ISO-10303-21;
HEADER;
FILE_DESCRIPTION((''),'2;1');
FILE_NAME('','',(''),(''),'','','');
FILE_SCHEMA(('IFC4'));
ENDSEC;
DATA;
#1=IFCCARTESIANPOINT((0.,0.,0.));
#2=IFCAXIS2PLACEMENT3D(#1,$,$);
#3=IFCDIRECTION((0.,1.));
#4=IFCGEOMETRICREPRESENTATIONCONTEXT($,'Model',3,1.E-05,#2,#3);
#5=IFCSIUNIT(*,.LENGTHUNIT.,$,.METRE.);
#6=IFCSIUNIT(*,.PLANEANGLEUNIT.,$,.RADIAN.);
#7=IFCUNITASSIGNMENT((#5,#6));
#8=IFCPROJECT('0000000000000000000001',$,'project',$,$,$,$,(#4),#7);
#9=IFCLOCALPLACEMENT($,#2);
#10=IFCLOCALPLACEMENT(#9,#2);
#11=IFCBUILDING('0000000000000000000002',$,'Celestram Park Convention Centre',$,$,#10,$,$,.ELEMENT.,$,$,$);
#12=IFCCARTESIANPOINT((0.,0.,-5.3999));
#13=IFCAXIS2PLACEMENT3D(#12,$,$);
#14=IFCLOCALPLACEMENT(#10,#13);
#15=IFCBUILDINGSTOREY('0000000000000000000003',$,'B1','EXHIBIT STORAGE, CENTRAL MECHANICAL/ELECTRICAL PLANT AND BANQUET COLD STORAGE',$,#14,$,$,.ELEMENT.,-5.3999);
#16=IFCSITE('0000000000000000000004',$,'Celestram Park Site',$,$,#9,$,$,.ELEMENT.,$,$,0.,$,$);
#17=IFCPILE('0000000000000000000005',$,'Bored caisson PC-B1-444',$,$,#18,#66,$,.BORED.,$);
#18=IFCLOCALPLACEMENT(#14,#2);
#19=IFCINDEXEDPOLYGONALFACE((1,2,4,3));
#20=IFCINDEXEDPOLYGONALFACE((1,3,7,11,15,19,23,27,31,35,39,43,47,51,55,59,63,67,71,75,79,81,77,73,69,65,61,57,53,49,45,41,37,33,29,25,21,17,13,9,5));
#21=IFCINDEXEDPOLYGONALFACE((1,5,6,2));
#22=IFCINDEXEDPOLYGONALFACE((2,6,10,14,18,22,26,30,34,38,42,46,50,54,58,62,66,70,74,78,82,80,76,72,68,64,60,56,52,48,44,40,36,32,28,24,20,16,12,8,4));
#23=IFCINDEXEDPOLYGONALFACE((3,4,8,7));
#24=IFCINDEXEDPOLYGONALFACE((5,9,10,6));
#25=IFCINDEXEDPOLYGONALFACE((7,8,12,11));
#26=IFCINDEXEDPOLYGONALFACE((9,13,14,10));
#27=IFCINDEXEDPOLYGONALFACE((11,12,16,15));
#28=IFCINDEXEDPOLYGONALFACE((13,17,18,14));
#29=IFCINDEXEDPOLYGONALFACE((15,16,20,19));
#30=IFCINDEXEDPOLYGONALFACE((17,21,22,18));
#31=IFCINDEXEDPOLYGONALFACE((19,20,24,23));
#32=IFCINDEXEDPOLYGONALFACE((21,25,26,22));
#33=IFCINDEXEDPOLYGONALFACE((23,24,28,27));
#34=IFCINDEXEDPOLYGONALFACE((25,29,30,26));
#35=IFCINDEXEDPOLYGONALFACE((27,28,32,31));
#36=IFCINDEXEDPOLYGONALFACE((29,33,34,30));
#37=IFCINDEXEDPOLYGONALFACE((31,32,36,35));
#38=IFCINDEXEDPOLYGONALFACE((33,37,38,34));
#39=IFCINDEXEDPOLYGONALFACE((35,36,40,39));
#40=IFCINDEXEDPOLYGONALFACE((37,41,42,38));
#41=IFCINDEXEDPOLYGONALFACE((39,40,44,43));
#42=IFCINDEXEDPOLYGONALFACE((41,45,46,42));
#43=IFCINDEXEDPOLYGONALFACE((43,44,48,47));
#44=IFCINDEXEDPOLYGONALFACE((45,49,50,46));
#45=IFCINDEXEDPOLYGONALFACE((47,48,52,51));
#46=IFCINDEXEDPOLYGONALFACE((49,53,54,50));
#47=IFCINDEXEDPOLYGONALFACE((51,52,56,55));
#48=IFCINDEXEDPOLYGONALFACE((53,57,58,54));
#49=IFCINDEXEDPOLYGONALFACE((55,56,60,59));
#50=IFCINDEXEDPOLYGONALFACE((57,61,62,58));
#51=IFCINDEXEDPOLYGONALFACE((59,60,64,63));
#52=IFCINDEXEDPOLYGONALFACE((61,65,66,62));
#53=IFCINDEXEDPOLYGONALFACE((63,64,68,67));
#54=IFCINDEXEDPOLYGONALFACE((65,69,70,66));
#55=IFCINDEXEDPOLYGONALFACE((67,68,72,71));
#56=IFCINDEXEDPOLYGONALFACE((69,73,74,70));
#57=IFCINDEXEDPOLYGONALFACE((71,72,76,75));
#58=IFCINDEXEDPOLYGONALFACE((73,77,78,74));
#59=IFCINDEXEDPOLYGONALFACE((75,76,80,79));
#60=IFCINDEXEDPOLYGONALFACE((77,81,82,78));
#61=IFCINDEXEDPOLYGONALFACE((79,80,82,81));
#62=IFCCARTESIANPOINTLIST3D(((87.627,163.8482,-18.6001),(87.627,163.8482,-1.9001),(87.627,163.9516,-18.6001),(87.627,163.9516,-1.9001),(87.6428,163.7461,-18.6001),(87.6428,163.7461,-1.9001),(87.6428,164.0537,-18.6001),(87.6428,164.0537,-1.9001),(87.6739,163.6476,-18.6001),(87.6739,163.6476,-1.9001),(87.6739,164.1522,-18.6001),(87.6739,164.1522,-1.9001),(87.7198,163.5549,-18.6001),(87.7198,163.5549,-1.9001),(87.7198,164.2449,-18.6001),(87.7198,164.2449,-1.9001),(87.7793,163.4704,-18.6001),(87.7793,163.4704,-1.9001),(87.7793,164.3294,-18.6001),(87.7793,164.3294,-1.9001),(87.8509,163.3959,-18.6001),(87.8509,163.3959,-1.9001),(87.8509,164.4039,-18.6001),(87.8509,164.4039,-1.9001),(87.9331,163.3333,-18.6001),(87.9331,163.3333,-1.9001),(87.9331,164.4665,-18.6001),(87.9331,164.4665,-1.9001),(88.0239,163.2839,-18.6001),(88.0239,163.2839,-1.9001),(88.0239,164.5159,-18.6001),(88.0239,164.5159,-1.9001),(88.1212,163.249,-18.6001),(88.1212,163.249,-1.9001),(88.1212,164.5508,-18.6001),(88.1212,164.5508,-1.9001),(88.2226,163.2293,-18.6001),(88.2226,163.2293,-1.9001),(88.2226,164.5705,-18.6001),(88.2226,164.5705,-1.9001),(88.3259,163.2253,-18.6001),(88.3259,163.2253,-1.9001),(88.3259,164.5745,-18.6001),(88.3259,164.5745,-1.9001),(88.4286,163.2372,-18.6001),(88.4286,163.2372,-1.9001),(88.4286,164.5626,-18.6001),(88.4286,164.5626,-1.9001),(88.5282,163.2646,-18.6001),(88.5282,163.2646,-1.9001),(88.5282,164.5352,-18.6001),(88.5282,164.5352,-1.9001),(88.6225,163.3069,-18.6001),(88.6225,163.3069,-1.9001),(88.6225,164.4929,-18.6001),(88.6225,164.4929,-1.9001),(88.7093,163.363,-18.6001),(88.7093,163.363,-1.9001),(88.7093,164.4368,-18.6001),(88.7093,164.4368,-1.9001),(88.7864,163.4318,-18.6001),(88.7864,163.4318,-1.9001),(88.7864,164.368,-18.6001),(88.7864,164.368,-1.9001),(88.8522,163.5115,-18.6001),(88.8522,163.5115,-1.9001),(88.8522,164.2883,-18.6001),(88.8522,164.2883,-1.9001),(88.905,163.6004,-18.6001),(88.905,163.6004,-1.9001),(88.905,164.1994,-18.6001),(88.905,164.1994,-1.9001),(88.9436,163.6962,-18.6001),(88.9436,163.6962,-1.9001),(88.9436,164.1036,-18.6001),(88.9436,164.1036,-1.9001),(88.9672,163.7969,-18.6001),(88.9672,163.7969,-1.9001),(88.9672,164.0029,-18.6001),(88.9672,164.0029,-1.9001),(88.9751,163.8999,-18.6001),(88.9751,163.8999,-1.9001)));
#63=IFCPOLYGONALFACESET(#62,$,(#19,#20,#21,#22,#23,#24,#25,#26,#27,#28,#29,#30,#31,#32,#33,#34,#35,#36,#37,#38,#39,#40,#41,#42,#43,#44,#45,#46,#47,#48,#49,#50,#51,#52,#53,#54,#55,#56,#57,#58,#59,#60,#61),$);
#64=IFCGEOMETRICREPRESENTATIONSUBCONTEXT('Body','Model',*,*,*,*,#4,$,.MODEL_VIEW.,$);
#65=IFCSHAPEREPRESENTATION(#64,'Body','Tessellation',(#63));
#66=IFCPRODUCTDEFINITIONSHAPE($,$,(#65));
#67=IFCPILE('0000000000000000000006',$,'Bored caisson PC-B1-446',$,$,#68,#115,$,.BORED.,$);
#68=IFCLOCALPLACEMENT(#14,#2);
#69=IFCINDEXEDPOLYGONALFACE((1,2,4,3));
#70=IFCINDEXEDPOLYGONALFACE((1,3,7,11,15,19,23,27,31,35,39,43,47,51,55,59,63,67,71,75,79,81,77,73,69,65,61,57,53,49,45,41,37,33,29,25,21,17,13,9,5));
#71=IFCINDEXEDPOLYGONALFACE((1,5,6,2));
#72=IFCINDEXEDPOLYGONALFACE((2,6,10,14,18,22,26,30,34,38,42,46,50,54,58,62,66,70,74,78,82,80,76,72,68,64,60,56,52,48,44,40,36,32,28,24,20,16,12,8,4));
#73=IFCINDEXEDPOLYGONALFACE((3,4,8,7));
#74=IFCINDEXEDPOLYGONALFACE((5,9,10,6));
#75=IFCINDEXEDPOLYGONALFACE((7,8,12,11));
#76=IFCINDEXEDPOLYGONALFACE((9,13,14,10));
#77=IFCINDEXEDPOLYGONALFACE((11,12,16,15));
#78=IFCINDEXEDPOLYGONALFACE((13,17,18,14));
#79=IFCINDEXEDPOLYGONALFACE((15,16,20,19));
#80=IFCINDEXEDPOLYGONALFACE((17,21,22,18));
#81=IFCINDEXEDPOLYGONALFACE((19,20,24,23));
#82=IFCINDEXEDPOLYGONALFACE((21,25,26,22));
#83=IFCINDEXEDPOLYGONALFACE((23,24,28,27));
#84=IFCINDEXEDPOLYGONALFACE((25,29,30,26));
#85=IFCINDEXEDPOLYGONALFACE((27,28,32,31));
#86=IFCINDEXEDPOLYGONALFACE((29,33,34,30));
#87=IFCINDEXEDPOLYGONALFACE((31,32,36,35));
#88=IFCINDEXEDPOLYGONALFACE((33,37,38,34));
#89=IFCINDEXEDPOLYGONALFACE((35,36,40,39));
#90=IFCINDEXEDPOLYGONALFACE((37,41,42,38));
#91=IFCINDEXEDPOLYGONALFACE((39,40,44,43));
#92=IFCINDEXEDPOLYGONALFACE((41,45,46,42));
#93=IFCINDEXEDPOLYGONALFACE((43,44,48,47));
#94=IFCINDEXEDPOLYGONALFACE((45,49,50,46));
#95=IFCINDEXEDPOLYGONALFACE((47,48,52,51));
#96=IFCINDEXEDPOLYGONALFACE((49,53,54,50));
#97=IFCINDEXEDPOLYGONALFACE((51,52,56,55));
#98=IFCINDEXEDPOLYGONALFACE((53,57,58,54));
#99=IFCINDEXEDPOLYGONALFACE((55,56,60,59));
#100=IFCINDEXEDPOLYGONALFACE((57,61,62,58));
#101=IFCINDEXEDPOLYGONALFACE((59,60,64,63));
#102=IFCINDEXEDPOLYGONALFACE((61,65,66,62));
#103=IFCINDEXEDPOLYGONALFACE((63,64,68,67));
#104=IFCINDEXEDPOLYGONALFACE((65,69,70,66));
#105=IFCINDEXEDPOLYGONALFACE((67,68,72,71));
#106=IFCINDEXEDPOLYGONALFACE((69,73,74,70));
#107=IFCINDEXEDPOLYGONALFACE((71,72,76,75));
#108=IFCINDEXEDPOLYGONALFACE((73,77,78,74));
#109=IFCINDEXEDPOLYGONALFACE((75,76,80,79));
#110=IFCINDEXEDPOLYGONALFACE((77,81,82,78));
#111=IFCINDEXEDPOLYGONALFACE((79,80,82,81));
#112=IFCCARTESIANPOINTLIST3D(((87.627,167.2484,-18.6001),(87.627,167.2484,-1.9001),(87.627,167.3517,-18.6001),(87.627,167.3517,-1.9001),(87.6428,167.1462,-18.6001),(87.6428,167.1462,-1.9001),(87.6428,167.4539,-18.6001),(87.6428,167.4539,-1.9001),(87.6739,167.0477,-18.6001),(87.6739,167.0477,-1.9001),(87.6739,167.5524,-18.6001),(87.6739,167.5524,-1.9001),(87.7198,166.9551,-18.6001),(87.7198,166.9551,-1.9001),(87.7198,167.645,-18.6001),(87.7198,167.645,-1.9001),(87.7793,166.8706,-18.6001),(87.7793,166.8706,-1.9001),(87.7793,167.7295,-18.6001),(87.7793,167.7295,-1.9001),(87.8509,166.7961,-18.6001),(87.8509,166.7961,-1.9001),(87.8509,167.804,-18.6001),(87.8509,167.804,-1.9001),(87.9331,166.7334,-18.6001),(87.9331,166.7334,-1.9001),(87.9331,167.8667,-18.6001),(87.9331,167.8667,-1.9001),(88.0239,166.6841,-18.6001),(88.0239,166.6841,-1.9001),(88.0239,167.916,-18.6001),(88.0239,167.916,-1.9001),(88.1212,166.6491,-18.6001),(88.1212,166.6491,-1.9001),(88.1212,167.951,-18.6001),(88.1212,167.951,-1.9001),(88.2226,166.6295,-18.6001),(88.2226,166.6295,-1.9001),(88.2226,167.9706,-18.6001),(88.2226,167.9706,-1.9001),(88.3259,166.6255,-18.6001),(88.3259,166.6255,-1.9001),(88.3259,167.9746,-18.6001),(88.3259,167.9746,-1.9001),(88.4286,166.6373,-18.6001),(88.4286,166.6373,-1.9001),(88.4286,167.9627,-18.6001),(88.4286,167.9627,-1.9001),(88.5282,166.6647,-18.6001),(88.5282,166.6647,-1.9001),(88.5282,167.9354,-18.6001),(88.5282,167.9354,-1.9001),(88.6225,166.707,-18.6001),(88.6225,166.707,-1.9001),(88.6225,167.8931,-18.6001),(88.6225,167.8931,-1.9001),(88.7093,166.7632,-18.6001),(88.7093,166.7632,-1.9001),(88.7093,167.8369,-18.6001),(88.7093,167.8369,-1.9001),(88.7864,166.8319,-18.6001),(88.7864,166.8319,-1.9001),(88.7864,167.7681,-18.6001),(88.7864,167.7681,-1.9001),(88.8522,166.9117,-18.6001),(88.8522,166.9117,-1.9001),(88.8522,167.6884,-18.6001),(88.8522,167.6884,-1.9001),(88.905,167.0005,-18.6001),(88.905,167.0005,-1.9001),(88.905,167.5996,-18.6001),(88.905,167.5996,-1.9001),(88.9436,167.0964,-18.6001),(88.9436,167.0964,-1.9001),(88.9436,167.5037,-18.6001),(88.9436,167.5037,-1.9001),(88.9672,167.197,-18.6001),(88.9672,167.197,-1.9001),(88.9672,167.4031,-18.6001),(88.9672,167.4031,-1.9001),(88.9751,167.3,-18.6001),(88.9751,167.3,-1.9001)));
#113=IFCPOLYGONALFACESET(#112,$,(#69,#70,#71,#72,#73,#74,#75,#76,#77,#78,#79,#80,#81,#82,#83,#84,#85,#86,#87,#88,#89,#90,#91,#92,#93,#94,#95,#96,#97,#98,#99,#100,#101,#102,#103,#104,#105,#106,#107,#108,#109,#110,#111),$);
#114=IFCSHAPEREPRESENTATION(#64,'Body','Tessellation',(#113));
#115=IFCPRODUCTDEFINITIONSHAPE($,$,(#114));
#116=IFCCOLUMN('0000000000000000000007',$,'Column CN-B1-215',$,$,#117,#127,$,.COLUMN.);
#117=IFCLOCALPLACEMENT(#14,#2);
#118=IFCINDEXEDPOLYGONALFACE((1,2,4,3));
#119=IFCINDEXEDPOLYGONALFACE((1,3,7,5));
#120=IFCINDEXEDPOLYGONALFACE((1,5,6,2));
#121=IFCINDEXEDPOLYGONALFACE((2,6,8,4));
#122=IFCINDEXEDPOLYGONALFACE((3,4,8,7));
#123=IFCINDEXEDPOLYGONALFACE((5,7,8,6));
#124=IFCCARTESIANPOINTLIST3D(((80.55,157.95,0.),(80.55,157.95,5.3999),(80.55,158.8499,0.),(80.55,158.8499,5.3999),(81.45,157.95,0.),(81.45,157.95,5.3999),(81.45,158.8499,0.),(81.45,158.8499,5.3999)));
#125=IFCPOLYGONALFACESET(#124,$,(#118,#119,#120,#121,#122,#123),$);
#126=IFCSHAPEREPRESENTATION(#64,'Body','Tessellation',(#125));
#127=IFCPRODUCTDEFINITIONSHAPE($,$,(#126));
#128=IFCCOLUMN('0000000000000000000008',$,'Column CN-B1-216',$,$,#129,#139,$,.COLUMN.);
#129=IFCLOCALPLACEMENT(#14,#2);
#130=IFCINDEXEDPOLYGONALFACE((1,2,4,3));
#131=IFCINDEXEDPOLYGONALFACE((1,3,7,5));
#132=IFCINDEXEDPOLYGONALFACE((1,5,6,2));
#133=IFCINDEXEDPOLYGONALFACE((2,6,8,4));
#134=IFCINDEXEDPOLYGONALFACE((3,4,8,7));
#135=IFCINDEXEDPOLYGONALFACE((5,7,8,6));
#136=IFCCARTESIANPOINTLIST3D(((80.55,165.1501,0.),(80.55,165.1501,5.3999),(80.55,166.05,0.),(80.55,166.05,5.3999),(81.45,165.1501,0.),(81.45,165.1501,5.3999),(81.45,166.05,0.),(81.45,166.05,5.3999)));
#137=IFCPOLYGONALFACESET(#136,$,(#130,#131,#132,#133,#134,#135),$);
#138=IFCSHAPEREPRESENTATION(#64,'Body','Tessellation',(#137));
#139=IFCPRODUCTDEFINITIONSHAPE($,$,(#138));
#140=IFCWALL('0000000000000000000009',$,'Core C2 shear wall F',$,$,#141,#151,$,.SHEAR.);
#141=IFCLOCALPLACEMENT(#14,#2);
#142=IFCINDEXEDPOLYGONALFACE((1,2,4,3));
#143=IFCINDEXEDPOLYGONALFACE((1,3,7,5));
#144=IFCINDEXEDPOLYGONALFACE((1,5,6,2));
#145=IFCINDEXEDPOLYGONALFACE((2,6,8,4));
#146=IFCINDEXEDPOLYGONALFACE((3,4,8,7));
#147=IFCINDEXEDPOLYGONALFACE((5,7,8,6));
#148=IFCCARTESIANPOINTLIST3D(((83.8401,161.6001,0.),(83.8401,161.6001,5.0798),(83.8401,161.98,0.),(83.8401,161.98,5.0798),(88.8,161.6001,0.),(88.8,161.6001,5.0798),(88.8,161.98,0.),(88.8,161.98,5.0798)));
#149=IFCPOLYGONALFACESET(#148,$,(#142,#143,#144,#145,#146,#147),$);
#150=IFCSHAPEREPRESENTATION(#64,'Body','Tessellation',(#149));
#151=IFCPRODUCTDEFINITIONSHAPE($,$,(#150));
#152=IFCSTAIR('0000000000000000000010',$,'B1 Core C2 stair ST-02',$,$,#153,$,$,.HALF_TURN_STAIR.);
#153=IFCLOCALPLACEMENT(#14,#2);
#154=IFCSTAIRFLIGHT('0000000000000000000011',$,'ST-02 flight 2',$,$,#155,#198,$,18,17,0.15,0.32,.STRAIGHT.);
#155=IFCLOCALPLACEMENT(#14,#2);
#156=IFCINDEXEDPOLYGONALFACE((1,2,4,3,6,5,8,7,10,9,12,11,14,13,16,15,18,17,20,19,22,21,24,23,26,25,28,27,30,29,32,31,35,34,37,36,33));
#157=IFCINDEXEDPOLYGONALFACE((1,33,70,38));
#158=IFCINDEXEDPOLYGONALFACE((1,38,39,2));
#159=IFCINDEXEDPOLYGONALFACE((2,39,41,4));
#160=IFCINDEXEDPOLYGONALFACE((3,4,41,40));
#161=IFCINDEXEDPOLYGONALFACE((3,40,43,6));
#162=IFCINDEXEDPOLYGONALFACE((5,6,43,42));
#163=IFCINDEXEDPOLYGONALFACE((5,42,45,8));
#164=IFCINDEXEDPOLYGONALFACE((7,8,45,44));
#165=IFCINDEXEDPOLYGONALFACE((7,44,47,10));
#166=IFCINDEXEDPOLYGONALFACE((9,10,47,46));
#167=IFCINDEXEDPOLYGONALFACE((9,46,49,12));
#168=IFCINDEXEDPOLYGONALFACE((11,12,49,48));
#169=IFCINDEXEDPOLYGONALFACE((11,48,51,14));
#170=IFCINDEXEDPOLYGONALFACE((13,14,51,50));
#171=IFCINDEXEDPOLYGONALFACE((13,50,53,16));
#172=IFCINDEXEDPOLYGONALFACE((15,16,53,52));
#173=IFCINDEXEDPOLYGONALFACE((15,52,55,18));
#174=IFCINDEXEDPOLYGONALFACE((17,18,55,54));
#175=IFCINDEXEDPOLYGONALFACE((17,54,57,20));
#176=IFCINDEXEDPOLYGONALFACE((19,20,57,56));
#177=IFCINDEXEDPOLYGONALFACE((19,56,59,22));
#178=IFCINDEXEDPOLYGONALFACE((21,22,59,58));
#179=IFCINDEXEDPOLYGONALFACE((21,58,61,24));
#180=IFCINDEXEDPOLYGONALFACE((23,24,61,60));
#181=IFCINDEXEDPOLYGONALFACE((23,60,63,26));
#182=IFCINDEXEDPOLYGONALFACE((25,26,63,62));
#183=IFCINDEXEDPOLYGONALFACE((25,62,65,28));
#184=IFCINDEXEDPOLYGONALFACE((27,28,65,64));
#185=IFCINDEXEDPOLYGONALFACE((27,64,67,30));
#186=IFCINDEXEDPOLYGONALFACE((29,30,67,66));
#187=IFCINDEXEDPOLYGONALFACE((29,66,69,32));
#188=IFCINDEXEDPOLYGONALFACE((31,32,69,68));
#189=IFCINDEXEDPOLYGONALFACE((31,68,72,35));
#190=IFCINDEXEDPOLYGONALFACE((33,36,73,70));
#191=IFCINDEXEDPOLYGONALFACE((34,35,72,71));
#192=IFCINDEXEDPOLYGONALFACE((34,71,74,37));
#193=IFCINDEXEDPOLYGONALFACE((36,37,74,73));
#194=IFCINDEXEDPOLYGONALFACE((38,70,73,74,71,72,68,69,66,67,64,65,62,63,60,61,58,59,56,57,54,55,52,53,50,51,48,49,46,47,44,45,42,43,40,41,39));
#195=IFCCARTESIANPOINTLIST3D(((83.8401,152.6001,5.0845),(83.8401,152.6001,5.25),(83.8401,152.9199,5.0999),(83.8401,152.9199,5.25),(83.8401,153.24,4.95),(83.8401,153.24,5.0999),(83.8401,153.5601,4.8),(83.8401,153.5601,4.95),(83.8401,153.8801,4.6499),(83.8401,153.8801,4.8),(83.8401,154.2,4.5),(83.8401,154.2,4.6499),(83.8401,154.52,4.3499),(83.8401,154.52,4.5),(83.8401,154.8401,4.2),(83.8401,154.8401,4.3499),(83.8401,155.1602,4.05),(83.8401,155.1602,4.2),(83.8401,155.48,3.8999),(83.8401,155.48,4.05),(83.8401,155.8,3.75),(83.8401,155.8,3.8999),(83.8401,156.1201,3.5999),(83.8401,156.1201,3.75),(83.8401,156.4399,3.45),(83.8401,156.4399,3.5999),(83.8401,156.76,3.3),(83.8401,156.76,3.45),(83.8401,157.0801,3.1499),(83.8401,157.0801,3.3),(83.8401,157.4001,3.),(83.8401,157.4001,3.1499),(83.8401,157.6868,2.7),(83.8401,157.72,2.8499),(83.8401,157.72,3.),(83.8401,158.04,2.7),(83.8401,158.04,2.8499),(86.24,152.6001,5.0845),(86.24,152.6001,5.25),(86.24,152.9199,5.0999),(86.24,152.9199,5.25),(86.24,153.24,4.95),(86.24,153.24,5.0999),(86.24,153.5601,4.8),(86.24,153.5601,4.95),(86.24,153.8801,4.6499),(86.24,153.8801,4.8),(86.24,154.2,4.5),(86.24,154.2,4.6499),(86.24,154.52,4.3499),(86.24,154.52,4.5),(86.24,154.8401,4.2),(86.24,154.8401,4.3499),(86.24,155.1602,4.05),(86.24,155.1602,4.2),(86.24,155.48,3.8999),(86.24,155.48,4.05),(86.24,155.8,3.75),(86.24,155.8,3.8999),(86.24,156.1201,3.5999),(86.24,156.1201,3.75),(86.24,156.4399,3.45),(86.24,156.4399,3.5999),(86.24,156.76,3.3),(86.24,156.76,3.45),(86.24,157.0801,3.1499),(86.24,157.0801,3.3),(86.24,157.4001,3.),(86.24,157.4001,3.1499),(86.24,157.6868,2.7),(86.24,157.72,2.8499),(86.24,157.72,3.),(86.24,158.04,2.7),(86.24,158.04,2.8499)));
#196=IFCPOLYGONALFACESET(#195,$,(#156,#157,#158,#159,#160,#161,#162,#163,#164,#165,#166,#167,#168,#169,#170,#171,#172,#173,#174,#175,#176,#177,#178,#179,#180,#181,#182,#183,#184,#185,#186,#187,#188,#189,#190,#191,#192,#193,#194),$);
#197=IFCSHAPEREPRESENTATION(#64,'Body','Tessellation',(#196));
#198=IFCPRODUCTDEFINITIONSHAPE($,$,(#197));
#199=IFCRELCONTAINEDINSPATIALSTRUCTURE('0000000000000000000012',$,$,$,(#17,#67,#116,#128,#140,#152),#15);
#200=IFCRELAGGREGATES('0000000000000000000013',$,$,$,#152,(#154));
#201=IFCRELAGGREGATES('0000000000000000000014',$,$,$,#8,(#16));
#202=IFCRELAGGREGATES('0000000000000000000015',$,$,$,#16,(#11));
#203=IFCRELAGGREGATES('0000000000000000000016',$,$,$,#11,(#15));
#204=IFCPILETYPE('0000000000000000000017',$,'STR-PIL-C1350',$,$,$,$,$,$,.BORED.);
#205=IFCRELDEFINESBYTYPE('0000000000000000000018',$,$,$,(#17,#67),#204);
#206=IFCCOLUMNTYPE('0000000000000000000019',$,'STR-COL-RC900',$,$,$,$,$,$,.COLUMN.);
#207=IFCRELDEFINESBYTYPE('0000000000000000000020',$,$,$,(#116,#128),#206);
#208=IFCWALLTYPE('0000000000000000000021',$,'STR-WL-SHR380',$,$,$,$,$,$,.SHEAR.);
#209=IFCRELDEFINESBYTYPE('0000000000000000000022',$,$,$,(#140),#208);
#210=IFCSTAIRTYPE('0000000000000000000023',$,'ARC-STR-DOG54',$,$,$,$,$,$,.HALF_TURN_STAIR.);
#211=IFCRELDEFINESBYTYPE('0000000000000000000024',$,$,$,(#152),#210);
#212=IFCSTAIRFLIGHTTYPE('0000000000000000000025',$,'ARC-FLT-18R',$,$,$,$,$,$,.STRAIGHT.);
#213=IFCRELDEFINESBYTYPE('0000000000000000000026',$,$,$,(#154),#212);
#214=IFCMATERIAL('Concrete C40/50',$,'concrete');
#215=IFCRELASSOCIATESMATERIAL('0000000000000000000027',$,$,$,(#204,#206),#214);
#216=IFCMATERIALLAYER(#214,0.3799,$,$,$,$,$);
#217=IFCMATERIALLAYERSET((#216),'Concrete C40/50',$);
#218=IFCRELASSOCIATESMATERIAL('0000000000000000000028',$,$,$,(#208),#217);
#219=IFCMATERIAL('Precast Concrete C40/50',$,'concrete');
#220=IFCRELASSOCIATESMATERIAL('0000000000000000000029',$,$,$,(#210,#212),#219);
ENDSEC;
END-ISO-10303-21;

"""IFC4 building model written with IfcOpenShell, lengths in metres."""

from ifc_helpers import new_model, si_unit, direction, frame, frame_2d, origin, origin_2d, place, context, subcontext, project, spatial, polyline, rectangle, circle, outline, extrude, material, layer, layer_set, material_profile, profile_set, type_object, element, aggregate, save


model = new_model("IFC4")

# Units and contexts
model_context = context("Model", 3, precision=1e-05, world=origin(), true_north=direction((0.0, 1.0)))
body_context = subcontext(model_context, "Body", "Model", "MODEL_VIEW")
ifc_project = project(units=[si_unit("LENGTHUNIT", "METRE"), si_unit("PLANEANGLEUNIT", "RADIAN")], contexts=[model_context])

# Site, building, storey
site_placement = place(None, origin())
site = spatial("IfcSite", under=ifc_project, at=site_placement, Name="Celestram Park Site", CompositionType="ELEMENT", RefElevation=0.0)
building_placement = place(site_placement, origin())
building = spatial("IfcBuilding", under=site, at=building_placement, Name="Celestram Park Convention Centre", CompositionType="ELEMENT")
storey_placement = place(building_placement, frame((0.0, 0.0, -5.3999)))
storey = spatial("IfcBuildingStorey", under=building, at=storey_placement, Name="B1", Description="EXHIBIT STORAGE, CENTRAL MECHANICAL/ELECTRICAL PLANT AND BANQUET COLD STORAGE", CompositionType="ELEMENT", Elevation=-5.3999)

# Shared definitions
ifc_material_1 = material(Name="Concrete C40/50", Category="concrete")

# Piles
ifc_material_profile_1 = material_profile(ifc_material_1, circle(Radius=0.675, at=origin_2d()), Name="CAISSON1350")
ifc_profile_set_1 = profile_set([ifc_material_profile_1], Name="Concrete C40/50")
pile_type = type_object("IfcPileType", Name="STR-PIL-C1350", PredefinedType="BORED", material=ifc_profile_set_1)
for number, where, z_axis, x_axis, name in (
    (1, (88.3, 163.8999, -1.9001), (0.0, 0.0, -1.0), (1.0, 0.0, 0.0), "Bored caisson PC-B1-444"),
    (2, (88.3, 167.3, -1.9001), (0.0, 0.0, -1.0), (1.0, 0.0, 0.0), "Bored caisson PC-B1-446"),
):
    element("IfcPile", number, at=place(storey_placement, frame(where, z_axis=z_axis, x_axis=x_axis)), inside=storey, type_object=pile_type, Name=name, PredefinedType="BORED", context=body_context, shape_type="SweptSolid", body=[
        extrude(circle(Radius=0.675, at=origin_2d()), origin(), (0.0, 0.0, 1.0), 16.7),
    ])

# Columns
ifc_material_profile_2 = material_profile(ifc_material_1, rectangle(XDim=0.8999, YDim=0.8999, at=origin_2d()), Name="RC900X900")
ifc_profile_set_2 = profile_set([ifc_material_profile_2], Name="Concrete C40/50")
column_type = type_object("IfcColumnType", Name="STR-COL-RC900", PredefinedType="COLUMN", material=ifc_profile_set_2)
for number, where, z_axis, x_axis, name in (
    (3, (81.0, 158.3999, 0.0), (0.0, 0.0, 1.0), (1.0, 0.0, 0.0), "Column CN-B1-215"),
    (4, (81.0, 165.6001, 0.0), (0.0, 0.0, 1.0), (1.0, 0.0, 0.0), "Column CN-B1-216"),
):
    element("IfcColumn", number, at=place(storey_placement, frame(where, z_axis=z_axis, x_axis=x_axis)), inside=storey, type_object=column_type, Name=name, PredefinedType="COLUMN", context=body_context, shape_type="SweptSolid", body=[
        extrude(rectangle(XDim=0.8999, YDim=0.8999, at=origin_2d()), origin(), (0.0, 0.0, 1.0), 5.3999),
    ])

# Wall
ifc_layer_1 = layer(ifc_material_1, 0.3799)
ifc_layer_set_1 = layer_set([ifc_layer_1], Name="Concrete C40/50")
wall_type = type_object("IfcWallType", Name="STR-WL-SHR380", PredefinedType="SHEAR", material=ifc_layer_set_1)
wall_placement = place(storey_placement, frame((83.8401, 161.79, 0.0), z_axis=(0.0, 0.0, 1.0), x_axis=(1.0, 0.0, 0.0)))
element("IfcWall", 5, at=wall_placement, inside=storey, type_object=wall_type, Name="Core C2 shear wall F", PredefinedType="SHEAR", context=body_context, shape_type="SweptSolid", body=[
    extrude(rectangle(XDim=4.96, YDim=0.3799, at=frame_2d((2.48, 0.0))), origin(), (0.0, 0.0, 1.0), 5.0798),
])

# Stair, stair flight
ifc_material_2 = material(Name="Precast Concrete C40/50", Category="concrete")
stair_type = type_object("IfcStairType", Name="ARC-STR-DOG54", PredefinedType="HALF_TURN_STAIR", material=ifc_material_2)
stair_placement = place(storey_placement, origin())
stair = element("IfcStair", 6, at=stair_placement, inside=storey, type_object=stair_type, Name="B1 Core C2 stair ST-02", PredefinedType="HALF_TURN_STAIR")
stair_flight_type = type_object("IfcStairFlightType", Name="ARC-FLT-18R", PredefinedType="STRAIGHT", material=ifc_material_2)
stair_flight_placement = place(storey_placement, frame((85.04, 158.04, 2.7), z_axis=(0.0, 0.0, 1.0), x_axis=(0.0, -1.0, 0.0)))
stair_flight = element("IfcStairFlight", 7, at=stair_flight_placement, type_object=stair_flight_type, Name="ST-02 flight 2", NumberOfRisers=18, NumberOfTreads=17, PredefinedType="STRAIGHT", RiserHeight=0.15, TreadLength=0.32, context=body_context, shape_type="SweptSolid", body=[
    extrude(outline(polyline([(0.0, 0.0), (0.0, 0.1499), (0.3201, 0.1499), (0.3201, 0.3), (0.6399, 0.3), (0.6399, 0.45), (0.96, 0.45), (0.96, 0.6001), (1.28, 0.6001), (1.28, 0.75), (1.6001, 0.75), (1.6001, 0.8999), (1.9199, 0.8999), (1.9199, 1.05), (2.24, 1.05), (2.24, 1.2), (2.5601, 1.2), (2.5601, 1.3501), (2.8799, 1.3501), (2.8799, 1.5), (3.2, 1.5), (3.2, 1.6499), (3.52, 1.6499), (3.52, 1.8), (3.8401, 1.8), (3.8401, 1.95), (4.1599, 1.95), (4.1599, 2.1001), (4.48, 2.1001), (4.48, 2.25), (4.8, 2.25), (4.8, 2.3999), (5.1201, 2.3999), (5.1201, 2.55), (5.4399, 2.55), (5.4399, 2.7), (5.4399, 2.3845), (0.3533, 0.0), (0.0, 0.0)])), frame((0.0, 1.2, 0.0), z_axis=(0.0, -1.0, 0.0), x_axis=(1.0, 0.0, 0.0)), (0.0, 0.0, 1.0), 2.3999),
])
aggregate(stair, [stair_flight])

save(model, "model.ifc")
